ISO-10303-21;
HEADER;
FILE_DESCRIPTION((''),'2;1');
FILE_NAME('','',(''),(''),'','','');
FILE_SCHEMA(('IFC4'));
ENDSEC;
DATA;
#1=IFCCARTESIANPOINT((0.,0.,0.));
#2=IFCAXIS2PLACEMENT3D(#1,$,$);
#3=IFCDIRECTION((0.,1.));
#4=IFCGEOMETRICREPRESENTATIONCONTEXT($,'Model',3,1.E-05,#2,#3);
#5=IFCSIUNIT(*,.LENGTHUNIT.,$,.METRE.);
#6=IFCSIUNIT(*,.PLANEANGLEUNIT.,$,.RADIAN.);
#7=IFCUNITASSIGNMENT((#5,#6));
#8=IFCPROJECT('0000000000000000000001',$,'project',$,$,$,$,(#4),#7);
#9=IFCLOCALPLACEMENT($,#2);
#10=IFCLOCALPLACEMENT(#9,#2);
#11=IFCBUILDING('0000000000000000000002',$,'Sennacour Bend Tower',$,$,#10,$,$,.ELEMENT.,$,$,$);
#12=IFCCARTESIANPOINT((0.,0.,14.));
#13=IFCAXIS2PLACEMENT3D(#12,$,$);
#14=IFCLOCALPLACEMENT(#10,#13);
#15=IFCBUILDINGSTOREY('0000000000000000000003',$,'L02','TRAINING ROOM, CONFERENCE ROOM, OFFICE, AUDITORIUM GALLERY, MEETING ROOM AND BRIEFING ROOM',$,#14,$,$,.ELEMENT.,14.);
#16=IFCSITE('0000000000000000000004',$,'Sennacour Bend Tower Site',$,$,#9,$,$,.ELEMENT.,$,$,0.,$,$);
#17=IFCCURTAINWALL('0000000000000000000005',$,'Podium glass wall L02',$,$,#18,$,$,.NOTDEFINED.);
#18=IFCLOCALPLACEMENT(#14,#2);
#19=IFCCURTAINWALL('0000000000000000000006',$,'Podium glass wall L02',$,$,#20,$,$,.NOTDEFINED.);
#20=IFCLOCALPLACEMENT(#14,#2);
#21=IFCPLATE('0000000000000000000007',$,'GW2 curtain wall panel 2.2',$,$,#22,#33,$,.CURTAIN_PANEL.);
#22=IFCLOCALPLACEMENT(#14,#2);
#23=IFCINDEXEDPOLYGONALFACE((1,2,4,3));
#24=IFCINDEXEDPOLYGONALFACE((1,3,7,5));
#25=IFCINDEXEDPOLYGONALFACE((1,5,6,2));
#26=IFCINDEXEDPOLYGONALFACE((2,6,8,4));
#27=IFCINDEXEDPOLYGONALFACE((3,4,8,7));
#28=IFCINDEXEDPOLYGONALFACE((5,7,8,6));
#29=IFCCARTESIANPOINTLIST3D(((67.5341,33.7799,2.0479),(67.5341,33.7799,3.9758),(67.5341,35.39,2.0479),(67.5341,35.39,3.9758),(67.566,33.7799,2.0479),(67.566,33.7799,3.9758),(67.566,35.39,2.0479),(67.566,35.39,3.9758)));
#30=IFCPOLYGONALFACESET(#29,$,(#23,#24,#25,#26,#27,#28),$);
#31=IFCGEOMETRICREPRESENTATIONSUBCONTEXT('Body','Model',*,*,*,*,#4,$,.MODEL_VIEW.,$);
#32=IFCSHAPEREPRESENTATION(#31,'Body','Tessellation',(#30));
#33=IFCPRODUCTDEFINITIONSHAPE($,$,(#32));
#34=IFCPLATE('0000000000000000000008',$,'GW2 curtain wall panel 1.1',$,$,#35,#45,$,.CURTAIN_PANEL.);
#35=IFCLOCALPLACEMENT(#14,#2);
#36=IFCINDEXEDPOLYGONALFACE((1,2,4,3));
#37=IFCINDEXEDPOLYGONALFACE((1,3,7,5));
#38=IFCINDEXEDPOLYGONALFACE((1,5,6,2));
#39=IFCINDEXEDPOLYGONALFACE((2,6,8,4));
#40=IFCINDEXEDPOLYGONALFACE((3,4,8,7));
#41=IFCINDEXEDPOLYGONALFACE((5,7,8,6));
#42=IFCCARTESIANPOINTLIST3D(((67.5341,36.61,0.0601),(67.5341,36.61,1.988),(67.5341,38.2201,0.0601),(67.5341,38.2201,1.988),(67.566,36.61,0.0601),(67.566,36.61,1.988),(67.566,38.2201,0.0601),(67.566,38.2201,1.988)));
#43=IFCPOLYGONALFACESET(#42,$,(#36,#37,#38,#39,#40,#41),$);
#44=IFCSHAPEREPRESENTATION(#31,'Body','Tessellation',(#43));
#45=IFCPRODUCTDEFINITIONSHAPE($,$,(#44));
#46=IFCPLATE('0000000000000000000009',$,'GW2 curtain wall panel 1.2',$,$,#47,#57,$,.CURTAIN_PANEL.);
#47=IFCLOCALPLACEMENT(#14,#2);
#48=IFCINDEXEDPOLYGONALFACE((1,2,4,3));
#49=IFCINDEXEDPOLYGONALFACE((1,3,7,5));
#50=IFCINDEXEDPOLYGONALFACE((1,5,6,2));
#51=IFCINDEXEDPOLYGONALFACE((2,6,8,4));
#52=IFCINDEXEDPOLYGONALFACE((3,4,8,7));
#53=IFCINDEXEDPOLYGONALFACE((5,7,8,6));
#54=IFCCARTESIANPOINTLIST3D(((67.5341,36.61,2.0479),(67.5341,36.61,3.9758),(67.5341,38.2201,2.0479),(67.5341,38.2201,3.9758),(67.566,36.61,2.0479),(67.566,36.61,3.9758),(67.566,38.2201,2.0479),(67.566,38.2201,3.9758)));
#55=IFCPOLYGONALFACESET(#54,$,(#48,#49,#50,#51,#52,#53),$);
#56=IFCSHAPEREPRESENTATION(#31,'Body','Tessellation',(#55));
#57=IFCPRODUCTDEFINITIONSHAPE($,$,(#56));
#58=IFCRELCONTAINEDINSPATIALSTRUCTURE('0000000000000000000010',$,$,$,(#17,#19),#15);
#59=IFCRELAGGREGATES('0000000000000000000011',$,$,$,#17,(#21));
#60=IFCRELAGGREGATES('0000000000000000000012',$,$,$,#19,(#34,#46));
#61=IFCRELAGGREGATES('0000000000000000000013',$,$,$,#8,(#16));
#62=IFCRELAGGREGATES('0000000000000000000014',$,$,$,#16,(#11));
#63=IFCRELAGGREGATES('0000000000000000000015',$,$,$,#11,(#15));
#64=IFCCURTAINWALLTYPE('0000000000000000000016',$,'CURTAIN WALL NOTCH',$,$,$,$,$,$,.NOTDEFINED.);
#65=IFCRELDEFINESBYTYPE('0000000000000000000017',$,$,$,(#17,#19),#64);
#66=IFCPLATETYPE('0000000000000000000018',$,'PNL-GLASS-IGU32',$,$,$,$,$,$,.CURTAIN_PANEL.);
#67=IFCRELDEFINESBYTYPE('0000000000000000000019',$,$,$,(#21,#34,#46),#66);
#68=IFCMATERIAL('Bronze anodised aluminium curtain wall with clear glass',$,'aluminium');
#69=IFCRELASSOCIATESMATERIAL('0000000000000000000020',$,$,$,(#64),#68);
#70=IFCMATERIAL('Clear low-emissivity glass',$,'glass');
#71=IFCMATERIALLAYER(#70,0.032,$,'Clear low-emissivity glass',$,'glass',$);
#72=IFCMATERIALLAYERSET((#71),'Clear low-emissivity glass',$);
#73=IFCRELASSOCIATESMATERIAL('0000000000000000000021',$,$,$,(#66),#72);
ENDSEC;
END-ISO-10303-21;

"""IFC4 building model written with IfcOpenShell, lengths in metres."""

from ifc_helpers import new_model, si_unit, direction, frame, origin, origin_2d, place, context, subcontext, project, spatial, rectangle, extrude, material, layer, layer_set, type_object, element, aggregate, save


model = new_model("IFC4")

# Units and contexts
model_context = context("Model", 3, precision=1e-05, world=origin(), true_north=direction((0.0, 1.0)))
body_context = subcontext(model_context, "Body", "Model", "MODEL_VIEW")
ifc_project = project(units=[si_unit("LENGTHUNIT", "METRE"), si_unit("PLANEANGLEUNIT", "RADIAN")], contexts=[model_context])

# Site, building, storey
site_placement = place(None, origin())
site = spatial("IfcSite", under=ifc_project, at=site_placement, Name="Sennacour Bend Tower Site", CompositionType="ELEMENT", RefElevation=0.0)
building_placement = place(site_placement, origin())
building = spatial("IfcBuilding", under=site, at=building_placement, Name="Sennacour Bend Tower", CompositionType="ELEMENT")
storey_placement = place(building_placement, frame((0.0, 0.0, 14.0)))
storey = spatial("IfcBuildingStorey", under=building, at=storey_placement, Name="L02", Description="TRAINING ROOM, CONFERENCE ROOM, OFFICE, AUDITORIUM GALLERY, MEETING ROOM AND BRIEFING ROOM", CompositionType="ELEMENT", Elevation=14.0)

# Curtain walls
ifc_material_1 = material(Name="Bronze anodised aluminium curtain wall with clear glass", Category="aluminium")
curtain_wall_type = type_object("IfcCurtainWallType", Name="CURTAIN WALL NOTCH", PredefinedType="NOTDEFINED", material=ifc_material_1)
curtain_wall_1_placement = place(storey_placement, origin())
curtain_wall_1 = element("IfcCurtainWall", 1, at=curtain_wall_1_placement, inside=storey, type_object=curtain_wall_type, Name="Podium glass wall L02", PredefinedType="NOTDEFINED")
curtain_wall_2_placement = place(storey_placement, origin())
curtain_wall_2 = element("IfcCurtainWall", 2, at=curtain_wall_2_placement, inside=storey, type_object=curtain_wall_type, Name="Podium glass wall L02", PredefinedType="NOTDEFINED")

# Plates
ifc_material_2 = material(Name="Clear low-emissivity glass", Category="glass")
ifc_layer = layer(ifc_material_2, 0.032, Name="Clear low-emissivity glass", Category="glass")
ifc_layer_set = layer_set([ifc_layer], Name="Clear low-emissivity glass")
plate_type = type_object("IfcPlateType", Name="PNL-GLASS-IGU32", PredefinedType="CURTAIN_PANEL", material=ifc_layer_set)
plate_1_placement = place(storey_placement, frame((67.55, 34.585, 2.0479), z_axis=(0.0, 0.0, 1.0), x_axis=(0.0, 1.0, 0.0)))
plate_1 = element("IfcPlate", 3, at=plate_1_placement, type_object=plate_type, Name="GW2 curtain wall panel 2.2", PredefinedType="CURTAIN_PANEL", context=body_context, shape_type="SweptSolid", body=[
    extrude(rectangle(XDim=1.6101, YDim=0.032, at=origin_2d()), origin(), (0.0, 0.0, 1.0), 1.928),
])
aggregate(curtain_wall_1, [plate_1])
plate_2_placement = place(storey_placement, frame((67.55, 37.415, 0.0601), z_axis=(0.0, 0.0, 1.0), x_axis=(0.0, 1.0, 0.0)))
plate_2 = element("IfcPlate", 4, at=plate_2_placement, type_object=plate_type, Name="GW2 curtain wall panel 1.1", PredefinedType="CURTAIN_PANEL", context=body_context, shape_type="SweptSolid", body=[
    extrude(rectangle(XDim=1.6101, YDim=0.032, at=origin_2d()), origin(), (0.0, 0.0, 1.0), 1.928),
])
plate_3_placement = place(storey_placement, frame((67.55, 37.415, 2.0479), z_axis=(0.0, 0.0, 1.0), x_axis=(0.0, 1.0, 0.0)))
plate_3 = element("IfcPlate", 5, at=plate_3_placement, type_object=plate_type, Name="GW2 curtain wall panel 1.2", PredefinedType="CURTAIN_PANEL", context=body_context, shape_type="SweptSolid", body=[
    extrude(rectangle(XDim=1.6101, YDim=0.032, at=origin_2d()), origin(), (0.0, 0.0, 1.0), 1.928),
])
aggregate(curtain_wall_2, [plate_2, plate_3])

save(model, "model.ifc")
